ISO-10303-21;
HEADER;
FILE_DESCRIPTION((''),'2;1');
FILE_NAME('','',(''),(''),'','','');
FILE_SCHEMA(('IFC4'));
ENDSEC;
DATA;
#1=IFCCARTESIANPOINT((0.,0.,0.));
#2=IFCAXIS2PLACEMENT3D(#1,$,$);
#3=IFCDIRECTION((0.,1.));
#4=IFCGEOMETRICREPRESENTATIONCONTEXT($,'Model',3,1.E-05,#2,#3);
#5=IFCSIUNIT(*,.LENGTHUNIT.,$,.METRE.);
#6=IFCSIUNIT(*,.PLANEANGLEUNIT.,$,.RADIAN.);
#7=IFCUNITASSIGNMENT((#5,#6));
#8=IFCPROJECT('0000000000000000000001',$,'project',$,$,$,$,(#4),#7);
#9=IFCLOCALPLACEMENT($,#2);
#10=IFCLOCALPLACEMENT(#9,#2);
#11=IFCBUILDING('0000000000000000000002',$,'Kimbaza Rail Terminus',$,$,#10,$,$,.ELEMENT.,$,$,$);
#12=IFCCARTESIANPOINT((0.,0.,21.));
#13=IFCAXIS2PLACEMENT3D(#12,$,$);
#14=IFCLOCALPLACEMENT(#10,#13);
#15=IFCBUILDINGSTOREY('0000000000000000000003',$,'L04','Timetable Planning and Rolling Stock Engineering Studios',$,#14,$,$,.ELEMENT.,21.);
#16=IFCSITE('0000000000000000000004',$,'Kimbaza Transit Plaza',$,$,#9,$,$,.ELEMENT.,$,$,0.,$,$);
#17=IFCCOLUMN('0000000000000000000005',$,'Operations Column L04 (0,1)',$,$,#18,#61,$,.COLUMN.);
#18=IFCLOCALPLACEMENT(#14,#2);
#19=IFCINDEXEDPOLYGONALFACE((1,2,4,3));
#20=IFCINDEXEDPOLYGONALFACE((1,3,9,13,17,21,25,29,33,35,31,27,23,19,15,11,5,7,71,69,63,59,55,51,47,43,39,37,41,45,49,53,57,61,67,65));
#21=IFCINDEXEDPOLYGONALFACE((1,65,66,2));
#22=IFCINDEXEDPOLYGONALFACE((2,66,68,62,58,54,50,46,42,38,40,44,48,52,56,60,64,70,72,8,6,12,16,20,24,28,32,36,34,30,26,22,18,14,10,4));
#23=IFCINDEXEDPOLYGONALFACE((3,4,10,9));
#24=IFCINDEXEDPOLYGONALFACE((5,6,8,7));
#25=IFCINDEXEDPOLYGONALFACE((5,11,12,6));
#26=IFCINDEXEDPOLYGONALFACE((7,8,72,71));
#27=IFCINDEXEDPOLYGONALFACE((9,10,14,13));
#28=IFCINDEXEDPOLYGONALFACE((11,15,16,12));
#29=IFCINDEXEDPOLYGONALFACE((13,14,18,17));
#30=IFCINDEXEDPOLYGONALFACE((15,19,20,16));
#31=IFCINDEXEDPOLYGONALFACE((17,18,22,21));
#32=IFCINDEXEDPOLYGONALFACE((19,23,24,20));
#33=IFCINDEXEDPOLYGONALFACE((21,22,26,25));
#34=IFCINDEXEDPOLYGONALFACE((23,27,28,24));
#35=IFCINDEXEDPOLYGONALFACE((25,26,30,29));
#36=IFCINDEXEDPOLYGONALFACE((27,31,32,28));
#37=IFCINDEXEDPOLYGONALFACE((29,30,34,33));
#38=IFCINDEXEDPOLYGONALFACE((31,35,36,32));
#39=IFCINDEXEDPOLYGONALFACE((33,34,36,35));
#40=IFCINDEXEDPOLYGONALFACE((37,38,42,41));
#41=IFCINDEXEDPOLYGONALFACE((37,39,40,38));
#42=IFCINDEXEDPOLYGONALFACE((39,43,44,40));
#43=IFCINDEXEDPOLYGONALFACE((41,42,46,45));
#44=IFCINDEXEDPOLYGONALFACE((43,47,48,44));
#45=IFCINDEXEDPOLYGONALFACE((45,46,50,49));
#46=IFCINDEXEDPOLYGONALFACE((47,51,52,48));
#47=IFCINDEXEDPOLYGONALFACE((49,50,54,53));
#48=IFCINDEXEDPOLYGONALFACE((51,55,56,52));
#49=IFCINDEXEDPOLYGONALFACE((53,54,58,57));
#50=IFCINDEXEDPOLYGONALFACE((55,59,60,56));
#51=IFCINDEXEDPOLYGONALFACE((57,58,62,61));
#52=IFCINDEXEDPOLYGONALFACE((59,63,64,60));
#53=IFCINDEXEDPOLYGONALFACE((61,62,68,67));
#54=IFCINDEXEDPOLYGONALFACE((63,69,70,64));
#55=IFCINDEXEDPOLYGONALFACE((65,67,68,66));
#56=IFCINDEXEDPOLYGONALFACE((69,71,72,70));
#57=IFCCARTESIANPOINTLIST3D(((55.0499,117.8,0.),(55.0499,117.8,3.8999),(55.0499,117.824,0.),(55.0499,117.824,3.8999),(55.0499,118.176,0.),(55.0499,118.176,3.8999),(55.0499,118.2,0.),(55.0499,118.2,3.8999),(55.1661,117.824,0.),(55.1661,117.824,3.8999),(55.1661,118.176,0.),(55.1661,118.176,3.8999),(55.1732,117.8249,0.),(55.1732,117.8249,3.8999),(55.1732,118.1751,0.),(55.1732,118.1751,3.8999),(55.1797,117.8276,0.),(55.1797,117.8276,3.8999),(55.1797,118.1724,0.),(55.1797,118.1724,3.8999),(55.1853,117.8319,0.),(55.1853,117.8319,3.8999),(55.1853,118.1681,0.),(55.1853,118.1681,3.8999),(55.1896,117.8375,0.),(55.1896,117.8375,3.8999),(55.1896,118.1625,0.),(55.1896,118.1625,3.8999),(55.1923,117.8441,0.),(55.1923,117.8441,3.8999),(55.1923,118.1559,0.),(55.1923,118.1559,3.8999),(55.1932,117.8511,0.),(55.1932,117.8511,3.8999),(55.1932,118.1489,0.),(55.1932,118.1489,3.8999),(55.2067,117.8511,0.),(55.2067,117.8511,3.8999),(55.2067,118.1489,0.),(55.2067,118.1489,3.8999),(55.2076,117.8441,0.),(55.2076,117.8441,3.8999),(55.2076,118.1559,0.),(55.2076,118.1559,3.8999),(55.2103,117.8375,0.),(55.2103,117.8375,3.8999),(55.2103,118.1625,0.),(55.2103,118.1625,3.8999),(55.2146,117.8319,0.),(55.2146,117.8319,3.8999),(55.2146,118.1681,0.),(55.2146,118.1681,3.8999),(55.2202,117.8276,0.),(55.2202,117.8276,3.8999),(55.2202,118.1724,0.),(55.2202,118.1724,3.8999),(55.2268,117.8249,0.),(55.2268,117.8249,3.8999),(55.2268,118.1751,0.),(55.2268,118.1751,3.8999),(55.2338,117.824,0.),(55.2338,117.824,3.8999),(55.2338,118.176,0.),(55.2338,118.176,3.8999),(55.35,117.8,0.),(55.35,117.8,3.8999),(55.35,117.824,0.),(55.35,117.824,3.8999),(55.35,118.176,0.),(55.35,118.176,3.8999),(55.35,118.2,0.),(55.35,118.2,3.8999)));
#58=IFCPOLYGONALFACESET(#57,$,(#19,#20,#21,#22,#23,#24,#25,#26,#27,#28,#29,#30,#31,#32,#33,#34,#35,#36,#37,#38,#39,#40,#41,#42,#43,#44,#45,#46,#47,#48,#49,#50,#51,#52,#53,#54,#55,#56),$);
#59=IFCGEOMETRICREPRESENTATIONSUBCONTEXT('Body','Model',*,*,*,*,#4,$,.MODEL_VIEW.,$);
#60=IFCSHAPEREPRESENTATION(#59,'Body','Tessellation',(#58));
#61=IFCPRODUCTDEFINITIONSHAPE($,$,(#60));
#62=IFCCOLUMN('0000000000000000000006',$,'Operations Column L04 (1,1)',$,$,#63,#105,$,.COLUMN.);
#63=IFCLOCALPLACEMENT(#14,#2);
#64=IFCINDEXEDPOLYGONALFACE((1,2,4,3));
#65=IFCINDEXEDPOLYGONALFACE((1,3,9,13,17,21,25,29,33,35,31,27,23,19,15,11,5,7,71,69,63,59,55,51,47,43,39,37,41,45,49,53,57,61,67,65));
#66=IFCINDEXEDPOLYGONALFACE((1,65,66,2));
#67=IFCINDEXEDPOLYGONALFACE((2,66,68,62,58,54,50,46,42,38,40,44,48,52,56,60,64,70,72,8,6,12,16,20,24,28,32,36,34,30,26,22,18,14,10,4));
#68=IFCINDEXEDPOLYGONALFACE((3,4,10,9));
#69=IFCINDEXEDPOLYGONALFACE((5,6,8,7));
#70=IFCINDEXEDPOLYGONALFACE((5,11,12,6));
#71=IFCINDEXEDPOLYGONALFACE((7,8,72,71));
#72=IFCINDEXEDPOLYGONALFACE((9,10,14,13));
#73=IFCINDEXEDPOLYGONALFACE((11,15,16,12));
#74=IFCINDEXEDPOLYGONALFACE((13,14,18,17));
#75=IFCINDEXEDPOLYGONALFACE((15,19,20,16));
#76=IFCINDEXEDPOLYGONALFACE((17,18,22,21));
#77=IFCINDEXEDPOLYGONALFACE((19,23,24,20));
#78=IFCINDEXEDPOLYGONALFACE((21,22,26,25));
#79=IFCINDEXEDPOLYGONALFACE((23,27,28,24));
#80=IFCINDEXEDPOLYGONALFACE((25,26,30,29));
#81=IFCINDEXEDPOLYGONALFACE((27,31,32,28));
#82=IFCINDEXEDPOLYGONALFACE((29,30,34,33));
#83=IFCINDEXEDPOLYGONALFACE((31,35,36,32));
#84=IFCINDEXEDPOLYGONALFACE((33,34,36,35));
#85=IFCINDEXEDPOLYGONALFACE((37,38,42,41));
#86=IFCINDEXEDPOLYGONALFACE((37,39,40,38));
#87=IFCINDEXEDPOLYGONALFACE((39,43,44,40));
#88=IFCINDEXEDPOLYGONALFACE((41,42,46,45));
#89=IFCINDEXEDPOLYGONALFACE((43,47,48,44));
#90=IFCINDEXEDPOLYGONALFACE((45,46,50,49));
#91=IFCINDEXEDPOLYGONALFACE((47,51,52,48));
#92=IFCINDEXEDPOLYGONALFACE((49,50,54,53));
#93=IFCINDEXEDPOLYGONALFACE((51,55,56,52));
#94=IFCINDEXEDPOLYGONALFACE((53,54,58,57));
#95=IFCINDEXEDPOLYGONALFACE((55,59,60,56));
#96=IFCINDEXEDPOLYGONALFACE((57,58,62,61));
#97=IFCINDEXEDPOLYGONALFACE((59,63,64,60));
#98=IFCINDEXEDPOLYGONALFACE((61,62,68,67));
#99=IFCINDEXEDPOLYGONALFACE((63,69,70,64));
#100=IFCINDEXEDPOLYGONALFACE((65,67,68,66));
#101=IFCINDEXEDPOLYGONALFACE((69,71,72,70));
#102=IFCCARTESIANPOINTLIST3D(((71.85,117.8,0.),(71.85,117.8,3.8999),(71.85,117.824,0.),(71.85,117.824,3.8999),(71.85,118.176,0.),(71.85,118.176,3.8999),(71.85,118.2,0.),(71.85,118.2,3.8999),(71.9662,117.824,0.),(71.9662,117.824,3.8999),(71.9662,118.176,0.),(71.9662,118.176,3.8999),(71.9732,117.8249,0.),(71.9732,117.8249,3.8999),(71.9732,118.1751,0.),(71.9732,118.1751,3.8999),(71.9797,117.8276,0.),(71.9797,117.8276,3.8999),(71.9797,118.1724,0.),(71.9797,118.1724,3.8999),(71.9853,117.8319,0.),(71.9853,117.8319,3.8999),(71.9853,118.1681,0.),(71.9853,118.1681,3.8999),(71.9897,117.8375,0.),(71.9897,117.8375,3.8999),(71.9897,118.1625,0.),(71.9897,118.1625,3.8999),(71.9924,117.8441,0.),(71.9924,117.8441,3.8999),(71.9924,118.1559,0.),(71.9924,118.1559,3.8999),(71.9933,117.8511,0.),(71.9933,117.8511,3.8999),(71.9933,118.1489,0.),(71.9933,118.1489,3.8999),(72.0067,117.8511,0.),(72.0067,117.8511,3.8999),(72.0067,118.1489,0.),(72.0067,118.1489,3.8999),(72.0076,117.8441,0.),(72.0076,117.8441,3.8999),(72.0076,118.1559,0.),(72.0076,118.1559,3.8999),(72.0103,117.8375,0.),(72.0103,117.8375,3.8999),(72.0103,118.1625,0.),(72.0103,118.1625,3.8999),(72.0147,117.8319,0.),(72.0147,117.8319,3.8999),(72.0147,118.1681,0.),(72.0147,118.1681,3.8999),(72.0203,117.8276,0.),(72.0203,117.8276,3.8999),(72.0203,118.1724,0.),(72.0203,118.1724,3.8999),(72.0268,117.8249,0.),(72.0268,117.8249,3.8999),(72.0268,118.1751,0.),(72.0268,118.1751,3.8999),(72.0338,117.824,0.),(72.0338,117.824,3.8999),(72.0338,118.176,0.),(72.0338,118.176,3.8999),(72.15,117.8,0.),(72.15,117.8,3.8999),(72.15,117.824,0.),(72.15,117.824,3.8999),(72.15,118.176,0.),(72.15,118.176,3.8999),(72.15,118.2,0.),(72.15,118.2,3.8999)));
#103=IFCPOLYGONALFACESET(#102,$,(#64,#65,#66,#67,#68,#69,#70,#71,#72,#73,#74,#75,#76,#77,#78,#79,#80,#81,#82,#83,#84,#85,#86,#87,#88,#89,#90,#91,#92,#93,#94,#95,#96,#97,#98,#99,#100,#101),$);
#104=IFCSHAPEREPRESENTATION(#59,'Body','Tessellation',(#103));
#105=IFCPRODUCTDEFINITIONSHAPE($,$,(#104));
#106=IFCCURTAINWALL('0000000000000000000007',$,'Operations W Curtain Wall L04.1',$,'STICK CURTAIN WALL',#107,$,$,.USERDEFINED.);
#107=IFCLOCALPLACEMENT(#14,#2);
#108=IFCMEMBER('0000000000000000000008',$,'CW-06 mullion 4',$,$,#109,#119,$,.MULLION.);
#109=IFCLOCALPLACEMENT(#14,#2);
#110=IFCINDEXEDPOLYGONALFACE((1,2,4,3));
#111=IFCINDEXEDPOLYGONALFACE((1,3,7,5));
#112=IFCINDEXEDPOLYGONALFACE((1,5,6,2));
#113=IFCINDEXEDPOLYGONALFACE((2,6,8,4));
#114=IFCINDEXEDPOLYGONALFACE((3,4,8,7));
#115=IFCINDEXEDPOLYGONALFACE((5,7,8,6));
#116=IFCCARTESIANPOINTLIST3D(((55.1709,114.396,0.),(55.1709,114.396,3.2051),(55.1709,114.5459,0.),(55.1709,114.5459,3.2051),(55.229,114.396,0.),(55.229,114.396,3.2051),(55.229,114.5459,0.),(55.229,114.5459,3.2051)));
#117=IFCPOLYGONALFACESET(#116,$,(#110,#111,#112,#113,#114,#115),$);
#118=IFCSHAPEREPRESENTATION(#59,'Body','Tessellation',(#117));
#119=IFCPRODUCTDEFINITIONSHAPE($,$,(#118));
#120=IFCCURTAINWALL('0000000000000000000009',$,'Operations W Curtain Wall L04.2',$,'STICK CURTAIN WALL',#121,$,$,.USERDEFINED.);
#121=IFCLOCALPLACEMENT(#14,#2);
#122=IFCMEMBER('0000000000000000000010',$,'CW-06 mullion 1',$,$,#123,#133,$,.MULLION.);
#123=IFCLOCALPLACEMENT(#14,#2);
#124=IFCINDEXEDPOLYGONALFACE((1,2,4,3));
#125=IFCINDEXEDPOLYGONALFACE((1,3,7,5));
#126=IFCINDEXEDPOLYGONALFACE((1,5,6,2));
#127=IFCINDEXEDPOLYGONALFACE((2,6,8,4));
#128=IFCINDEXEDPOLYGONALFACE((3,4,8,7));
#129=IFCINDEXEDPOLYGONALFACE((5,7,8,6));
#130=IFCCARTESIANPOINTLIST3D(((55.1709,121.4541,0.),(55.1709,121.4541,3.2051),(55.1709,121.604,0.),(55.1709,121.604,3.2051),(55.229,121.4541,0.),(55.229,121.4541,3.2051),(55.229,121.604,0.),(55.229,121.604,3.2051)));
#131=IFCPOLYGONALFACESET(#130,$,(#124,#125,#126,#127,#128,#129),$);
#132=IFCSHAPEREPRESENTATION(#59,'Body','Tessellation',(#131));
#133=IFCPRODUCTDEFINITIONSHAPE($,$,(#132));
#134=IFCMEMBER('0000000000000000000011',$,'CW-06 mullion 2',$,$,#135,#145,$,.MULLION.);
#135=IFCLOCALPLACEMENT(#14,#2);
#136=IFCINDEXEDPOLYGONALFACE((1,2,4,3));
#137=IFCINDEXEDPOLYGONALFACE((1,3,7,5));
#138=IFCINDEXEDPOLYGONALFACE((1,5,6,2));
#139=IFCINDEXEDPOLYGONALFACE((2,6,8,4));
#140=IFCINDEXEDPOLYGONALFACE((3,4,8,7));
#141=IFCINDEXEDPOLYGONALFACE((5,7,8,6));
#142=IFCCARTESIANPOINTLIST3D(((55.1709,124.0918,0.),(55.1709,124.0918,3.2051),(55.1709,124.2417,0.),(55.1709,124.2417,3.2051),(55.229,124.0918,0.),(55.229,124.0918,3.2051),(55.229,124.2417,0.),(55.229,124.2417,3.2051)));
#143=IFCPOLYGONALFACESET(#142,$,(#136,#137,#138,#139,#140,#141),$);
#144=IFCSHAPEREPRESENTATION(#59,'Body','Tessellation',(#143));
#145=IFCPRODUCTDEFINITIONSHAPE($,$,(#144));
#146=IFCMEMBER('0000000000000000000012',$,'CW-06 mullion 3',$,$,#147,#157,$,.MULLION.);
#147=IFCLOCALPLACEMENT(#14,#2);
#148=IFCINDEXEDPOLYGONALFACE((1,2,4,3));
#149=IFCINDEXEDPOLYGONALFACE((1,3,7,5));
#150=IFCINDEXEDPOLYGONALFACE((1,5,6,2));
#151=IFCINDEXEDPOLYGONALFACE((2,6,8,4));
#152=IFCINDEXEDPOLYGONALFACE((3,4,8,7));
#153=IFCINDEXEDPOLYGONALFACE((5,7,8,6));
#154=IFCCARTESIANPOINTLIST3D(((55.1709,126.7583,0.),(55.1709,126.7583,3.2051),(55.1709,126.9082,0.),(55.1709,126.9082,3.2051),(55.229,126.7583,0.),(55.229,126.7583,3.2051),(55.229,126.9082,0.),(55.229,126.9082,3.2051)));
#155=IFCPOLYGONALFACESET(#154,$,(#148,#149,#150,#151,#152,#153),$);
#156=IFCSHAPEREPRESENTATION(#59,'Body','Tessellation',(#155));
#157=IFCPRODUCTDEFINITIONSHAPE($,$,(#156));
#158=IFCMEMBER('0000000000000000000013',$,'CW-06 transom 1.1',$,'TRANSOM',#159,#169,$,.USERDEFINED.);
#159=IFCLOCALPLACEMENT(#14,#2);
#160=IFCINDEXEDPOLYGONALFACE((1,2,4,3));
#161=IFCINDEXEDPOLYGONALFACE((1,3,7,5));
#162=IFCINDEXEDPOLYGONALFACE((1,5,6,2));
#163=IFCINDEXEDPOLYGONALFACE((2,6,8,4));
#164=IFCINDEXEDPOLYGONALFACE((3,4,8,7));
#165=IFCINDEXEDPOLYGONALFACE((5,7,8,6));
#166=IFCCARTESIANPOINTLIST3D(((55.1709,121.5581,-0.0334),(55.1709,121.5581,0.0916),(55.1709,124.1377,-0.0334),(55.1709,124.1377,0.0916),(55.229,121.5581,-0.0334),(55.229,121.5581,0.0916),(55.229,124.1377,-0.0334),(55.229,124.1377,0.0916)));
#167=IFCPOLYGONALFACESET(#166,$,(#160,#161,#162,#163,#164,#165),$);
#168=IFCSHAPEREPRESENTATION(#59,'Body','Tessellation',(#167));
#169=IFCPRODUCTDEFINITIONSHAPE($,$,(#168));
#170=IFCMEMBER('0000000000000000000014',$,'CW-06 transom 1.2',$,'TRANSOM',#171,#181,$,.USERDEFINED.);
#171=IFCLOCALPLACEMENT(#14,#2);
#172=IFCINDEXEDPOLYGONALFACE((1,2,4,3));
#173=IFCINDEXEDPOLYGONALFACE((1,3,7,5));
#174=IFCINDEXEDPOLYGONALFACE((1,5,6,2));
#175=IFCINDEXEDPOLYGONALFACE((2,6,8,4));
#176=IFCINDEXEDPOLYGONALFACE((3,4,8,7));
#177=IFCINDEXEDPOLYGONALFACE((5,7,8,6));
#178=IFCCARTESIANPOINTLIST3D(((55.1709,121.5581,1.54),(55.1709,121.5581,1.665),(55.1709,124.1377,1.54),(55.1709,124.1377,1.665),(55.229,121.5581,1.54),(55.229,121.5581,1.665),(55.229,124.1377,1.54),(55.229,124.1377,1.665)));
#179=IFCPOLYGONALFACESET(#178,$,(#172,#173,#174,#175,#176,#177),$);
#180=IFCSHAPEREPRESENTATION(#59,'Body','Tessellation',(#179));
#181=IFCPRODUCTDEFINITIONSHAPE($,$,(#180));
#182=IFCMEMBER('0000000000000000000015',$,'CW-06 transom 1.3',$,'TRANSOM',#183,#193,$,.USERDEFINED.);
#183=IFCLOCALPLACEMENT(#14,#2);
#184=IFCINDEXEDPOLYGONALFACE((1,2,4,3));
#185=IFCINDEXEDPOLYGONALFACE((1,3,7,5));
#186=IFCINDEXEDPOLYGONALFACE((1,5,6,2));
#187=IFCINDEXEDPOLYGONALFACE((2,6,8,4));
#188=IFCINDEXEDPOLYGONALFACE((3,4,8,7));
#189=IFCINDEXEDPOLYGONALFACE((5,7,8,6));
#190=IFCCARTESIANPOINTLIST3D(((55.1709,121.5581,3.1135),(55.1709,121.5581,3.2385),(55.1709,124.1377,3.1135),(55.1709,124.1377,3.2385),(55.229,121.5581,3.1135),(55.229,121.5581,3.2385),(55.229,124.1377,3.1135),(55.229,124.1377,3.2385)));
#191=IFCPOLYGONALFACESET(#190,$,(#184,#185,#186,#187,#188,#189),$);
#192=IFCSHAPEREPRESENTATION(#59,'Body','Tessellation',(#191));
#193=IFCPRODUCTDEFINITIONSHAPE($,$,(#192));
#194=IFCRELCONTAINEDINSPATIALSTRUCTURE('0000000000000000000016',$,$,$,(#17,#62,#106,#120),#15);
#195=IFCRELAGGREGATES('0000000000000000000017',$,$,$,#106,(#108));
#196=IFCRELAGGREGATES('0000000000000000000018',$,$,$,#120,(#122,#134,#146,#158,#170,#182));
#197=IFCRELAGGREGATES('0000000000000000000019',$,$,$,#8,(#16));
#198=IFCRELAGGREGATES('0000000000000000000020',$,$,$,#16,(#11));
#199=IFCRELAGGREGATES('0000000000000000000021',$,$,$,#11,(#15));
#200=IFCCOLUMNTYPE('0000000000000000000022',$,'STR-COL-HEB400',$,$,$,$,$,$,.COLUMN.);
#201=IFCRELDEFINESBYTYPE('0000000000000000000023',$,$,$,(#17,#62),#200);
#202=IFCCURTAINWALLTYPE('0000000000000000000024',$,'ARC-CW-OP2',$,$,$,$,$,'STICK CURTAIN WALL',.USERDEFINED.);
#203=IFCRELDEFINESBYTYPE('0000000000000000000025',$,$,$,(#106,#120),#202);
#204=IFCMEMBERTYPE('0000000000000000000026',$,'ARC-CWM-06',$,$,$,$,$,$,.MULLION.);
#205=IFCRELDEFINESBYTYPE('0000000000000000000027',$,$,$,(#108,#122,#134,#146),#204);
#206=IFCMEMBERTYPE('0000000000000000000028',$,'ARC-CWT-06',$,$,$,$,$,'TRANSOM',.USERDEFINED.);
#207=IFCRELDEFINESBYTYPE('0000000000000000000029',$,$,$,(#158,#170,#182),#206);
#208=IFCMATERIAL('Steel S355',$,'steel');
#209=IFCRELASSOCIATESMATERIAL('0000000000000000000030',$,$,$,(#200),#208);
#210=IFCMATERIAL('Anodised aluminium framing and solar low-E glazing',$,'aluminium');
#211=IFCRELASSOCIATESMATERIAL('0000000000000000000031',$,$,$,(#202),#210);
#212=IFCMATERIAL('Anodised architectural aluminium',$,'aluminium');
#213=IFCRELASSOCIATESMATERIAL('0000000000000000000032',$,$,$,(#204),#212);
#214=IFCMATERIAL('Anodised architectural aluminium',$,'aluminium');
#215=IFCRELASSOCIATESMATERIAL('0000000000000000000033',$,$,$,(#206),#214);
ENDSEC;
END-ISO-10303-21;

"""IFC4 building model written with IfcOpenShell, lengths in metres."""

from ifc_helpers import new_model, si_unit, direction, frame, origin, origin_2d, place, context, subcontext, project, spatial, rectangle, i_section, extrude, material, material_profile, profile_set, type_object, element, aggregate, save


model = new_model("IFC4")

# Units and contexts
model_context = context("Model", 3, precision=1e-05, world=origin(), true_north=direction((0.0, 1.0)))
body_context = subcontext(model_context, "Body", "Model", "MODEL_VIEW")
ifc_project = project(units=[si_unit("LENGTHUNIT", "METRE"), si_unit("PLANEANGLEUNIT", "RADIAN")], contexts=[model_context])

# Site, building, storey
site_placement = place(None, origin())
site = spatial("IfcSite", under=ifc_project, at=site_placement, Name="Kimbaza Transit Plaza", CompositionType="ELEMENT", RefElevation=0.0)
building_placement = place(site_placement, origin())
building = spatial("IfcBuilding", under=site, at=building_placement, Name="Kimbaza Rail Terminus", CompositionType="ELEMENT")
storey_placement = place(building_placement, frame((0.0, 0.0, 21.0)))
storey = spatial("IfcBuildingStorey", under=building, at=storey_placement, Name="L04", Description="Timetable Planning and Rolling Stock Engineering Studios", CompositionType="ELEMENT", Elevation=21.0)

# Columns
ifc_material_1 = material(Name="Steel S355", Category="steel")
ifc_material_profile_1 = material_profile(ifc_material_1, i_section(OverallWidth=0.3, OverallDepth=0.3999, WebThickness=0.0134, FlangeThickness=0.0239, FilletRadius=0.0271, at=origin_2d()), Name="HEB 400")
ifc_profile_set_1 = profile_set([ifc_material_profile_1], Name="Steel S355")
column_type = type_object("IfcColumnType", Name="STR-COL-HEB400", PredefinedType="COLUMN", material=ifc_profile_set_1)
for number, where, z_axis, x_axis, name in (
    (1, (55.2, 118.0, 0.0), (0.0, 0.0, 1.0), (1.0, 0.0, 0.0), "Operations Column L04 (0,1)"),
    (2, (72.0, 118.0, 0.0), (0.0, 0.0, 1.0), (1.0, 0.0, 0.0), "Operations Column L04 (1,1)"),
):
    element("IfcColumn", number, at=place(storey_placement, frame(where, z_axis=z_axis, x_axis=x_axis)), inside=storey, type_object=column_type, Name=name, PredefinedType="COLUMN", context=body_context, shape_type="SweptSolid", body=[
        extrude(i_section(OverallWidth=0.3, OverallDepth=0.3999, WebThickness=0.0134, FlangeThickness=0.0239, FilletRadius=0.0271, at=origin_2d()), origin(), (0.0, 0.0, 1.0), 3.8999),
    ])

# Curtain wall, member
ifc_material_2 = material(Name="Anodised aluminium framing and solar low-E glazing", Category="aluminium")
curtain_wall_type = type_object("IfcCurtainWallType", Name="ARC-CW-OP2", ElementType="STICK CURTAIN WALL", PredefinedType="USERDEFINED", material=ifc_material_2)
curtain_wall_1_placement = place(storey_placement, origin())
curtain_wall_1 = element("IfcCurtainWall", 3, at=curtain_wall_1_placement, inside=storey, type_object=curtain_wall_type, Name="Operations W Curtain Wall L04.1", ObjectType="STICK CURTAIN WALL", PredefinedType="USERDEFINED")
ifc_material_3 = material(Name="Anodised architectural aluminium", Category="aluminium")
ifc_material_profile_2 = material_profile(ifc_material_3, rectangle(XDim=0.0581, YDim=0.1499, at=origin_2d()), Name="MULLION 58x150")
ifc_profile_set_2 = profile_set([ifc_material_profile_2], Name="Anodised architectural aluminium")
member_type_1 = type_object("IfcMemberType", Name="ARC-CWM-06", PredefinedType="MULLION", material=ifc_profile_set_2)
member_1_placement = place(storey_placement, frame((55.2, 114.4709, 0.0), z_axis=(0.0, 0.0, 1.0), x_axis=(-1.0, 0.0, 0.0)))
member_1 = element("IfcMember", 4, at=member_1_placement, type_object=member_type_1, Name="CW-06 mullion 4", PredefinedType="MULLION", context=body_context, shape_type="SweptSolid", body=[
    extrude(rectangle(XDim=0.0581, YDim=0.1499, at=origin_2d()), origin(), (0.0, 0.0, 1.0), 3.2051),
])

# Curtain wall, members
curtain_wall_2_placement = place(storey_placement, origin())
curtain_wall_2 = element("IfcCurtainWall", 5, at=curtain_wall_2_placement, inside=storey, type_object=curtain_wall_type, Name="Operations W Curtain Wall L04.2", ObjectType="STICK CURTAIN WALL", PredefinedType="USERDEFINED")
member_2_placement = place(storey_placement, frame((55.2, 121.5291, 0.0), z_axis=(0.0, 0.0, 1.0), x_axis=(-1.0, 0.0, 0.0)))
member_2 = element("IfcMember", 6, at=member_2_placement, type_object=member_type_1, Name="CW-06 mullion 1", PredefinedType="MULLION", context=body_context, shape_type="SweptSolid", body=[
    extrude(rectangle(XDim=0.0581, YDim=0.1499, at=origin_2d()), origin(), (0.0, 0.0, 1.0), 3.2051),
])
member_3_placement = place(storey_placement, frame((55.2, 124.1667, 0.0), z_axis=(0.0, 0.0, 1.0), x_axis=(-1.0, 0.0, 0.0)))
member_3 = element("IfcMember", 7, at=member_3_placement, type_object=member_type_1, Name="CW-06 mullion 2", PredefinedType="MULLION", context=body_context, shape_type="SweptSolid", body=[
    extrude(rectangle(XDim=0.0581, YDim=0.1499, at=origin_2d()), origin(), (0.0, 0.0, 1.0), 3.2051),
])
member_4_placement = place(storey_placement, frame((55.2, 126.8333, 0.0), z_axis=(0.0, 0.0, 1.0), x_axis=(-1.0, 0.0, 0.0)))
member_4 = element("IfcMember", 8, at=member_4_placement, type_object=member_type_1, Name="CW-06 mullion 3", PredefinedType="MULLION", context=body_context, shape_type="SweptSolid", body=[
    extrude(rectangle(XDim=0.0581, YDim=0.1499, at=origin_2d()), origin(), (0.0, 0.0, 1.0), 3.2051),
])
ifc_material_4 = material(Name="Anodised architectural aluminium", Category="aluminium")
ifc_material_profile_3 = material_profile(ifc_material_4, rectangle(XDim=0.0581, YDim=0.125, at=origin_2d()), Name="TRANSOM 58x125")
ifc_profile_set_3 = profile_set([ifc_material_profile_3], Name="Anodised architectural aluminium")
member_type_2 = type_object("IfcMemberType", Name="ARC-CWT-06", ElementType="TRANSOM", PredefinedType="USERDEFINED", material=ifc_profile_set_3)
member_5_placement = place(storey_placement, frame((55.2, 121.5581, 0.0291), z_axis=(0.0, 1.0, 0.0), x_axis=(-1.0, 0.0, 0.0)))
member_5 = element("IfcMember", 9, at=member_5_placement, type_object=member_type_2, Name="CW-06 transom 1.1", ObjectType="TRANSOM", PredefinedType="USERDEFINED", context=body_context, shape_type="SweptSolid", body=[
    extrude(rectangle(XDim=0.0581, YDim=0.125, at=origin_2d()), origin(), (0.0, 0.0, 1.0), 2.5796),
])
member_6_placement = place(storey_placement, frame((55.2, 121.5581, 1.6025), z_axis=(0.0, 1.0, 0.0), x_axis=(-1.0, 0.0, 0.0)))
member_6 = element("IfcMember", 10, at=member_6_placement, type_object=member_type_2, Name="CW-06 transom 1.2", ObjectType="TRANSOM", PredefinedType="USERDEFINED", context=body_context, shape_type="SweptSolid", body=[
    extrude(rectangle(XDim=0.0581, YDim=0.125, at=origin_2d()), origin(), (0.0, 0.0, 1.0), 2.5796),
])
member_7_placement = place(storey_placement, frame((55.2, 121.5581, 3.176), z_axis=(0.0, 1.0, 0.0), x_axis=(-1.0, 0.0, 0.0)))
member_7 = element("IfcMember", 11, at=member_7_placement, type_object=member_type_2, Name="CW-06 transom 1.3", ObjectType="TRANSOM", PredefinedType="USERDEFINED", context=body_context, shape_type="SweptSolid", body=[
    extrude(rectangle(XDim=0.0581, YDim=0.125, at=origin_2d()), origin(), (0.0, 0.0, 1.0), 2.5796),
])

aggregate(curtain_wall_1, [member_1])
aggregate(curtain_wall_2, [member_2, member_3, member_4, member_5, member_6, member_7])

save(model, "model.ifc")
